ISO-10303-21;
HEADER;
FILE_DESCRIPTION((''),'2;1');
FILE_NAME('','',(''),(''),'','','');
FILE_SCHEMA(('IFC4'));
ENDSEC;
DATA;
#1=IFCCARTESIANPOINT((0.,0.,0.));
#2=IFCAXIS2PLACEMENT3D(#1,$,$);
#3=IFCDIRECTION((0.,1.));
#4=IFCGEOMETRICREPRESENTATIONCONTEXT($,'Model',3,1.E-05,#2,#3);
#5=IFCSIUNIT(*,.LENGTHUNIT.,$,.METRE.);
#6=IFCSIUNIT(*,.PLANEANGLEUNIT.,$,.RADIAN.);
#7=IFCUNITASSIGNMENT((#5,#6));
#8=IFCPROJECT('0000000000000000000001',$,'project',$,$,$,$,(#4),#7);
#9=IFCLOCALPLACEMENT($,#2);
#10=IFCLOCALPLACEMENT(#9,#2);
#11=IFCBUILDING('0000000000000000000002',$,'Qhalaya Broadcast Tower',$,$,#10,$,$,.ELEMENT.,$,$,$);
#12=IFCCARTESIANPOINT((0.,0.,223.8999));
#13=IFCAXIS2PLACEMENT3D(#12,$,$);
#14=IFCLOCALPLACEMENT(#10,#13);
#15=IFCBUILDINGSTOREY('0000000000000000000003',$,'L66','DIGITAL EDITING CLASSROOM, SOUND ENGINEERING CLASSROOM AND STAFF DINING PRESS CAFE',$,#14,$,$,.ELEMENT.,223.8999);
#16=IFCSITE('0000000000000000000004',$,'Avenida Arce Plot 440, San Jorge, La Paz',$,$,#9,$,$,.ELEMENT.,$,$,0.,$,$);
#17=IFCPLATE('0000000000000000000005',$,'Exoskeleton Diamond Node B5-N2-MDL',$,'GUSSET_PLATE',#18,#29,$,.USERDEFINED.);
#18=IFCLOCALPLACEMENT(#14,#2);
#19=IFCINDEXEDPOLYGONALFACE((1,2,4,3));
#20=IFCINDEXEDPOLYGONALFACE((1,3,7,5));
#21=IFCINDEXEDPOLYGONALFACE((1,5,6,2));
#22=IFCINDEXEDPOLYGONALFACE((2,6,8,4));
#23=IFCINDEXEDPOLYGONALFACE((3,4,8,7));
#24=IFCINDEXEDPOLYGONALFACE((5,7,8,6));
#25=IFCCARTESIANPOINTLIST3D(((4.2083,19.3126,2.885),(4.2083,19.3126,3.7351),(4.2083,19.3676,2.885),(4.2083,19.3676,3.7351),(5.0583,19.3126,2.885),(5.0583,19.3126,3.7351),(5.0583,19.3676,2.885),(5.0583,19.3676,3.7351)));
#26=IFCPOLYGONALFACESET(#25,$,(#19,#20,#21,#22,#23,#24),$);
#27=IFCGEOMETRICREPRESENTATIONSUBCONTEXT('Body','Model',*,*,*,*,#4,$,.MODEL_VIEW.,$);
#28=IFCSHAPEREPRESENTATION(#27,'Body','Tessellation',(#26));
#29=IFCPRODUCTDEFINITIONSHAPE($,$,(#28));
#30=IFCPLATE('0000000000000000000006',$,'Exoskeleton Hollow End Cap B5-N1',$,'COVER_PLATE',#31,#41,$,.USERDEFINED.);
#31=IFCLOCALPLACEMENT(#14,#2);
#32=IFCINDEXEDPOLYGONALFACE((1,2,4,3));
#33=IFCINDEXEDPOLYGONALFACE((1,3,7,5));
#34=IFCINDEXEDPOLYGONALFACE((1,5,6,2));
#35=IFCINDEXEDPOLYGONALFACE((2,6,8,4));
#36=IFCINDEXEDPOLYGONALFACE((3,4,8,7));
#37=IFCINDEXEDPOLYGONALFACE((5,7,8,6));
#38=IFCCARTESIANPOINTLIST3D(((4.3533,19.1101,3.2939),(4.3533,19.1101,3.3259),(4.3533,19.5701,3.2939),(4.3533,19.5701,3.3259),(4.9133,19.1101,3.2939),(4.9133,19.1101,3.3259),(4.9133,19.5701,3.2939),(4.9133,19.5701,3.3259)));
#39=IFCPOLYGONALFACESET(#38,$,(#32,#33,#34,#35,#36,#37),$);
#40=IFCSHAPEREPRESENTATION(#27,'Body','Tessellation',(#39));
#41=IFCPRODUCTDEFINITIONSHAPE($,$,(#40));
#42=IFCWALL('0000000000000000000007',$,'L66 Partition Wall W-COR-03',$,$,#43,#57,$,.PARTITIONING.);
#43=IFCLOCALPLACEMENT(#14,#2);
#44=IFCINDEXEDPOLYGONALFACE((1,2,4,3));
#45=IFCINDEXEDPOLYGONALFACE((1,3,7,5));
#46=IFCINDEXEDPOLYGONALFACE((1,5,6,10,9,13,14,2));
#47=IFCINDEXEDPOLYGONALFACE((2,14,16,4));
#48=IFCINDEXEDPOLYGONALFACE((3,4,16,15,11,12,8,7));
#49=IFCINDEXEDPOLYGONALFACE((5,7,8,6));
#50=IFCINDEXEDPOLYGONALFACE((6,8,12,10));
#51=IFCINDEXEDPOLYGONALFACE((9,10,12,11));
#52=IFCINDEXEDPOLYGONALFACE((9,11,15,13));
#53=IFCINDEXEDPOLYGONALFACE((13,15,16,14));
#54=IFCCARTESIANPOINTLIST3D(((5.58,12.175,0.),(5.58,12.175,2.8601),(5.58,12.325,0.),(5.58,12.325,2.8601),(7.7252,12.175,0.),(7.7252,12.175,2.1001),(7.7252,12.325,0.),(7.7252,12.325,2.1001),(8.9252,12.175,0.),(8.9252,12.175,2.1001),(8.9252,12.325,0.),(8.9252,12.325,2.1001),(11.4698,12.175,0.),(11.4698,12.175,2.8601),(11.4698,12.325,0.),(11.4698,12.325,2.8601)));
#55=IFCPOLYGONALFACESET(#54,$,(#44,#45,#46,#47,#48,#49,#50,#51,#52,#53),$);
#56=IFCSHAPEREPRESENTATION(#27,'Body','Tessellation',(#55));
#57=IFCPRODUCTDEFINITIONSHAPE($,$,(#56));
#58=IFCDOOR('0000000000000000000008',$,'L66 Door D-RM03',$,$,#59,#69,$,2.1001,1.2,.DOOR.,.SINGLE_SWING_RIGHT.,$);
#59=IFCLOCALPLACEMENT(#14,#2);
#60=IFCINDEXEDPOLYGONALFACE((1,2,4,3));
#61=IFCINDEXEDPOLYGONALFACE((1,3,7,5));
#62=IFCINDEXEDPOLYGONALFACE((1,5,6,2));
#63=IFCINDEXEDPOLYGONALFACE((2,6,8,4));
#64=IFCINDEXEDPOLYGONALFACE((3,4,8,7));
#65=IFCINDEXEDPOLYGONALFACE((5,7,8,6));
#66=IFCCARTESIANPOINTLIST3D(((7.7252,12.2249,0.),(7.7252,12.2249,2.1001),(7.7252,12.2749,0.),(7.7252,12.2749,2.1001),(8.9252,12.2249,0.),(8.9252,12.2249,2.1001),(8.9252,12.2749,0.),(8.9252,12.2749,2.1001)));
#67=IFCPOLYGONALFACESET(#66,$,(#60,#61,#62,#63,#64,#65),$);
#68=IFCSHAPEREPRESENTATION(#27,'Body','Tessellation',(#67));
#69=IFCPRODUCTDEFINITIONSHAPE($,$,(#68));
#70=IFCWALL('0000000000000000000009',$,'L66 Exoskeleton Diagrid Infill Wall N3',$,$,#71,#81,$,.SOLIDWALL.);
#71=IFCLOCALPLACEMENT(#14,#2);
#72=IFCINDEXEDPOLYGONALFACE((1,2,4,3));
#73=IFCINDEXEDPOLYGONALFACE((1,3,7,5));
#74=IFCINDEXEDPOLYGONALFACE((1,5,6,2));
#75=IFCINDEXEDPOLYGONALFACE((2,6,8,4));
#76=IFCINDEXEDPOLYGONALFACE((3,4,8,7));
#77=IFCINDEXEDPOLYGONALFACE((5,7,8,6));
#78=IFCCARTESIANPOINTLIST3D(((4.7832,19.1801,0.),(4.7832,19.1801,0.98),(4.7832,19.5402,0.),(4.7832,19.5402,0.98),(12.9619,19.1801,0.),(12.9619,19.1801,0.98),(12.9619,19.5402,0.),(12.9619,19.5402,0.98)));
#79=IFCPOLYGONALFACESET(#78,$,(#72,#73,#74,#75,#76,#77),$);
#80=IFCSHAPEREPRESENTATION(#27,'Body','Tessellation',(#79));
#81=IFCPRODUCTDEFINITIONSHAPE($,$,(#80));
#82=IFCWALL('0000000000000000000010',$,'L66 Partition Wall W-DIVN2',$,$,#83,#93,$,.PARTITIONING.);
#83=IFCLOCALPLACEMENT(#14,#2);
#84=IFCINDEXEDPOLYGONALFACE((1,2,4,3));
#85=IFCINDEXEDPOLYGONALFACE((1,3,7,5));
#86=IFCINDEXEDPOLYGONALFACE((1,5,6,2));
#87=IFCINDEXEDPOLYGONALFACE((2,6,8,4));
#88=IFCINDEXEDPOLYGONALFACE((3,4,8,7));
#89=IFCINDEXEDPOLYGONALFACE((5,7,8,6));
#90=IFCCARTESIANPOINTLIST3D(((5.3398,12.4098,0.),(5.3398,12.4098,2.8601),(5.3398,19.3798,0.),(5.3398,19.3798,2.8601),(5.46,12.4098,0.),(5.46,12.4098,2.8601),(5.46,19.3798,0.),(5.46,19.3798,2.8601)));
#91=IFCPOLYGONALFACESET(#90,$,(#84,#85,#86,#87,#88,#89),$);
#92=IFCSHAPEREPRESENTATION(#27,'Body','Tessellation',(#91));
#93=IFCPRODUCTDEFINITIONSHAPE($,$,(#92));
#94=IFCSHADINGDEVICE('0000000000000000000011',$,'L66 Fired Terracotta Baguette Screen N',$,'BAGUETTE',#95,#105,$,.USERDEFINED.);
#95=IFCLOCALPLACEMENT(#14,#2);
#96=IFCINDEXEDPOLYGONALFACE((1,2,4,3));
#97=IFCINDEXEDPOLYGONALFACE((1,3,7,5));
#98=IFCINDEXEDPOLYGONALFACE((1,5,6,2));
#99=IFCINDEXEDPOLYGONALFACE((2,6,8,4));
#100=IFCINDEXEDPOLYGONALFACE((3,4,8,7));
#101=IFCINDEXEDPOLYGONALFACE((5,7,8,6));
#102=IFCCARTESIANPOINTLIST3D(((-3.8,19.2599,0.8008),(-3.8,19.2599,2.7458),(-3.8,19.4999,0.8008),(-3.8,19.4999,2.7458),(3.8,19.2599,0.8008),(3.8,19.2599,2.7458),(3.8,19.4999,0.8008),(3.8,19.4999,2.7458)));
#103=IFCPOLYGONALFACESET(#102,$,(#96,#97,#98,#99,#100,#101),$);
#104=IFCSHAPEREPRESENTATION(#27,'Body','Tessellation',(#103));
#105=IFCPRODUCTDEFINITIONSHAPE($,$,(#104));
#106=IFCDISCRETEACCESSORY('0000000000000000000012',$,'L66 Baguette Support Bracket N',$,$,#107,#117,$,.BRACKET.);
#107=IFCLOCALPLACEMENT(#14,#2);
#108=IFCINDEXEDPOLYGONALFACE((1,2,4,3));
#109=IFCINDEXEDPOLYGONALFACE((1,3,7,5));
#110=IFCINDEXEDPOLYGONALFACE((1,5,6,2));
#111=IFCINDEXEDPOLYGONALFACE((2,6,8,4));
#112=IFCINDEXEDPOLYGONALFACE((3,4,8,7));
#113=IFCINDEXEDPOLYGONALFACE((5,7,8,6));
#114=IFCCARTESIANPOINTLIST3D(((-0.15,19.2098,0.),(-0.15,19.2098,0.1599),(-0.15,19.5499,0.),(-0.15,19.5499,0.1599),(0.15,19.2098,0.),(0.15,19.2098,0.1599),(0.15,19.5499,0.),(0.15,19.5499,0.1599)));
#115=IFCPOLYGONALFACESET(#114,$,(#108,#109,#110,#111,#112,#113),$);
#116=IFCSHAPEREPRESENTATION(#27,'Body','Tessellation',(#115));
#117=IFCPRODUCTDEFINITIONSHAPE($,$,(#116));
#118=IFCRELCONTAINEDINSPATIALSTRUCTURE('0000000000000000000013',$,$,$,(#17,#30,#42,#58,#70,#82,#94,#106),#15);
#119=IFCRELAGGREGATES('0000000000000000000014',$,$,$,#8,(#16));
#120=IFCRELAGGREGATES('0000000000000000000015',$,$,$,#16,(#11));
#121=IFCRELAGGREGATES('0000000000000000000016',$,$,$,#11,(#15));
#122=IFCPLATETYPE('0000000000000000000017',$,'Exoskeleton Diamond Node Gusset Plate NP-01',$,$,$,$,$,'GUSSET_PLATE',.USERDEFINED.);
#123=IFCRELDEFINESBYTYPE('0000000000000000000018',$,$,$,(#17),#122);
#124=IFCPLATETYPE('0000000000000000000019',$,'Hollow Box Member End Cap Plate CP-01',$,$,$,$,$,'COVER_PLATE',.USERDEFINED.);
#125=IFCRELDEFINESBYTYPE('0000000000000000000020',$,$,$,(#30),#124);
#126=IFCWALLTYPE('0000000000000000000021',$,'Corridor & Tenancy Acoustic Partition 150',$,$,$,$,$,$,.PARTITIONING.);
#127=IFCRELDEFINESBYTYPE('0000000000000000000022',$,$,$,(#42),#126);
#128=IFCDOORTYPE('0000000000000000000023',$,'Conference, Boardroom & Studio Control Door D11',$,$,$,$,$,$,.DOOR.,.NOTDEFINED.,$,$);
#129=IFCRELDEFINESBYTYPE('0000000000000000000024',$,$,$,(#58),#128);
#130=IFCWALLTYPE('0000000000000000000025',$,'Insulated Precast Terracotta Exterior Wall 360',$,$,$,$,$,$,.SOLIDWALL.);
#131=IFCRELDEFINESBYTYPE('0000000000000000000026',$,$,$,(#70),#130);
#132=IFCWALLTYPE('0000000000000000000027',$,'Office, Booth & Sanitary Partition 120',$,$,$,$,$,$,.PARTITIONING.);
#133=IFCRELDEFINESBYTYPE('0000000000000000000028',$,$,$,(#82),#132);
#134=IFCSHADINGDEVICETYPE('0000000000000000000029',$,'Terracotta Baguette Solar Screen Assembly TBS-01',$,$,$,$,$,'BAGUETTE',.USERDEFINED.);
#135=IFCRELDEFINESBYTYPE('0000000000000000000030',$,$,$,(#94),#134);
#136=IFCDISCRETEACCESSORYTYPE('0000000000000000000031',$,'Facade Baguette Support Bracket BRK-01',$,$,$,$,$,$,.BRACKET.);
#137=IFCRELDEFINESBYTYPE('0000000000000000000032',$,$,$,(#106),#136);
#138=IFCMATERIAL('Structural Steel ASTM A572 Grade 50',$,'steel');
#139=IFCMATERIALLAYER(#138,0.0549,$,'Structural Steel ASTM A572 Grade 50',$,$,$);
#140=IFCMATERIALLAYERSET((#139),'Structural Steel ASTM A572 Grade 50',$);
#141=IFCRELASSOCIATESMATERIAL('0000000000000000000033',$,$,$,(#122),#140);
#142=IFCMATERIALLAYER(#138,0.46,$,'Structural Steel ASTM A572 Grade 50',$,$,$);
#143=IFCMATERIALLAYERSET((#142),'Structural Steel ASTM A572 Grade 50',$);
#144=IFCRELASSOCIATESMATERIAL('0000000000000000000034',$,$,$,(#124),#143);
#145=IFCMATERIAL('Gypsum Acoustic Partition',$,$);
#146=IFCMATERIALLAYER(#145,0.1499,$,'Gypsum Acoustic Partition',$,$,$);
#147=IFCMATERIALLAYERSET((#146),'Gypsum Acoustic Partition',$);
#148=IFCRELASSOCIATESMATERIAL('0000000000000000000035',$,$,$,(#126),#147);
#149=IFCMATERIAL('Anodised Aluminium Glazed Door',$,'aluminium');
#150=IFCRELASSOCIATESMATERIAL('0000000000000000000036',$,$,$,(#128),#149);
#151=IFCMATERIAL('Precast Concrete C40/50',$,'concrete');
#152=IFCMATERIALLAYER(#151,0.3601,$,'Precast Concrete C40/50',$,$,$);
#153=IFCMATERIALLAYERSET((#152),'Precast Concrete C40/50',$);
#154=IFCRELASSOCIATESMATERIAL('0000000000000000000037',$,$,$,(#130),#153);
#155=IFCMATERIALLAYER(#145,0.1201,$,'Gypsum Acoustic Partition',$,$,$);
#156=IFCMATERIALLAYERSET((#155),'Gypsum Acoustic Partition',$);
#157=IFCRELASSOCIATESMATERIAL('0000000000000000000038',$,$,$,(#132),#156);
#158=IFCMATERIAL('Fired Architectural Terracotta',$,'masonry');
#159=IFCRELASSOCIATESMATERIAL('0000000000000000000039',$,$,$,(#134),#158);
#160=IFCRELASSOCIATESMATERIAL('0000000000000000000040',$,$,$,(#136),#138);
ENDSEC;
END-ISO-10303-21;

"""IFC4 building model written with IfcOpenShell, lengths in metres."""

from ifc_helpers import new_model, si_unit, direction, frame, frame_2d, origin, origin_2d, place, context, subcontext, project, spatial, rectangle, extrude, material, layer, layer_set, type_object, element, fill, save


model = new_model("IFC4")

# Units and contexts
model_context = context("Model", 3, precision=1e-05, world=origin(), true_north=direction((0.0, 1.0)))
body_context = subcontext(model_context, "Body", "Model", "MODEL_VIEW")
ifc_project = project(units=[si_unit("LENGTHUNIT", "METRE"), si_unit("PLANEANGLEUNIT", "RADIAN")], contexts=[model_context])

# Site, building, storey
site_placement = place(None, origin())
site = spatial("IfcSite", under=ifc_project, at=site_placement, Name="Avenida Arce Plot 440, San Jorge, La Paz", CompositionType="ELEMENT", RefElevation=0.0)
building_placement = place(site_placement, origin())
building = spatial("IfcBuilding", under=site, at=building_placement, Name="Qhalaya Broadcast Tower", CompositionType="ELEMENT")
storey_placement = place(building_placement, frame((0.0, 0.0, 223.8999)))
storey = spatial("IfcBuildingStorey", under=building, at=storey_placement, Name="L66", Description="DIGITAL EDITING CLASSROOM, SOUND ENGINEERING CLASSROOM AND STAFF DINING PRESS CAFE", CompositionType="ELEMENT", Elevation=223.8999)

# Shared definitions
ifc_material_1 = material(Name="Structural Steel ASTM A572 Grade 50", Category="steel")

# Plates
ifc_layer_1 = layer(ifc_material_1, 0.0549, Name="Structural Steel ASTM A572 Grade 50")
ifc_layer_set_1 = layer_set([ifc_layer_1], Name="Structural Steel ASTM A572 Grade 50")
plate_type_1 = type_object("IfcPlateType", Name="Exoskeleton Diamond Node Gusset Plate NP-01", ElementType="GUSSET_PLATE", PredefinedType="USERDEFINED", material=ifc_layer_set_1)
plate_1_placement = place(storey_placement, frame((4.6333, 19.3401, 2.885), z_axis=(0.0, 0.0, 1.0), x_axis=(1.0, 0.0, 0.0)))
element("IfcPlate", 1, at=plate_1_placement, inside=storey, type_object=plate_type_1, Name="Exoskeleton Diamond Node B5-N2-MDL", ObjectType="GUSSET_PLATE", PredefinedType="USERDEFINED", context=body_context, shape_type="SweptSolid", body=[
    extrude(rectangle(XDim=0.8501, YDim=0.0549, at=origin_2d()), origin(), (0.0, 0.0, 1.0), 0.8501),
])
ifc_layer_2 = layer(ifc_material_1, 0.46, Name="Structural Steel ASTM A572 Grade 50")
ifc_layer_set_2 = layer_set([ifc_layer_2], Name="Structural Steel ASTM A572 Grade 50")
plate_type_2 = type_object("IfcPlateType", Name="Hollow Box Member End Cap Plate CP-01", ElementType="COVER_PLATE", PredefinedType="USERDEFINED", material=ifc_layer_set_2)
plate_2_placement = place(storey_placement, frame((4.6333, 19.3401, 3.2939), z_axis=(0.0, 0.0, 1.0), x_axis=(1.0, 0.0, 0.0)))
element("IfcPlate", 2, at=plate_2_placement, inside=storey, type_object=plate_type_2, Name="Exoskeleton Hollow End Cap B5-N1", ObjectType="COVER_PLATE", PredefinedType="USERDEFINED", context=body_context, shape_type="SweptSolid", body=[
    extrude(rectangle(XDim=0.5601, YDim=0.46, at=origin_2d()), origin(), (0.0, 0.0, 1.0), 0.032),
])

# Wall, opening, door
ifc_material_2 = material(Name="Gypsum Acoustic Partition")
ifc_layer_3 = layer(ifc_material_2, 0.1499, Name="Gypsum Acoustic Partition")
ifc_layer_set_3 = layer_set([ifc_layer_3], Name="Gypsum Acoustic Partition")
wall_type_1 = type_object("IfcWallType", Name="Corridor & Tenancy Acoustic Partition 150", PredefinedType="PARTITIONING", material=ifc_layer_set_3)
wall_1_placement = place(storey_placement, frame((5.5801, 12.25, 0.0), z_axis=(0.0, 0.0, 1.0), x_axis=(1.0, 0.0, 0.0)))
wall_1 = element("IfcWall", 3, at=wall_1_placement, inside=storey, type_object=wall_type_1, Name="L66 Partition Wall W-COR-03", PredefinedType="PARTITIONING", context=body_context, shape_type="SweptSolid", body=[
    extrude(rectangle(XDim=5.8899, YDim=0.1499, at=frame_2d((2.9448, 0.0))), origin(), (0.0, 0.0, 1.0), 2.8601),
])
opening_placement = place(wall_1_placement, frame((2.145, 0.0, 0.0)))
opening = element("IfcOpeningElement", 4, at=opening_placement, cuts=wall_1, PredefinedType="OPENING", context=body_context, shape_type="SweptSolid", body=[
    extrude(rectangle(XDim=1.2, YDim=2.1001, at=frame_2d((0.6001, 1.05))), frame((0.0, 0.0869, 0.0), z_axis=(0.0, -1.0, 0.0), x_axis=(1.0, 0.0, 0.0)), (0.0, 0.0, 1.0), 0.1738),
])
ifc_material_3 = material(Name="Anodised Aluminium Glazed Door", Category="aluminium")
door_type = type_object("IfcDoorType", Name="Conference, Boardroom & Studio Control Door D11", OperationType="NOTDEFINED", PredefinedType="DOOR", material=ifc_material_3)
door_placement = place(opening_placement, origin())
door = element("IfcDoor", 5, at=door_placement, inside=storey, type_object=door_type, Name="L66 Door D-RM03", OperationType="SINGLE_SWING_RIGHT", OverallHeight=2.1001, OverallWidth=1.2, PredefinedType="DOOR", context=body_context, shape_type="SweptSolid", body=[
    extrude(rectangle(XDim=1.2, YDim=2.1001, at=frame_2d((0.6001, 1.05))), frame((0.0, 0.0249, 0.0), z_axis=(0.0, -1.0, 0.0), x_axis=(1.0, 0.0, 0.0)), (0.0, 0.0, 1.0), 0.05),
])
fill(opening, door)

# Walls
ifc_material_4 = material(Name="Precast Concrete C40/50", Category="concrete")
ifc_layer_4 = layer(ifc_material_4, 0.3601, Name="Precast Concrete C40/50")
ifc_layer_set_4 = layer_set([ifc_layer_4], Name="Precast Concrete C40/50")
wall_type_2 = type_object("IfcWallType", Name="Insulated Precast Terracotta Exterior Wall 360", PredefinedType="SOLIDWALL", material=ifc_layer_set_4)
wall_2_placement = place(storey_placement, frame((4.7832, 19.3601, 0.0), z_axis=(0.0, 0.0, 1.0), x_axis=(1.0, 0.0, 0.0)))
element("IfcWall", 6, at=wall_2_placement, inside=storey, type_object=wall_type_2, Name="L66 Exoskeleton Diagrid Infill Wall N3", PredefinedType="SOLIDWALL", context=body_context, shape_type="SweptSolid", body=[
    extrude(rectangle(XDim=8.1787, YDim=0.3601, at=frame_2d((4.0894, 0.0))), origin(), (0.0, 0.0, 1.0), 0.98),
])
ifc_layer_5 = layer(ifc_material_2, 0.1201, Name="Gypsum Acoustic Partition")
ifc_layer_set_5 = layer_set([ifc_layer_5], Name="Gypsum Acoustic Partition")
wall_type_3 = type_object("IfcWallType", Name="Office, Booth & Sanitary Partition 120", PredefinedType="PARTITIONING", material=ifc_layer_set_5)
wall_3_placement = place(storey_placement, frame((5.3999, 12.4099, 0.0), z_axis=(0.0, 0.0, 1.0), x_axis=(0.0, 1.0, 0.0)))
element("IfcWall", 7, at=wall_3_placement, inside=storey, type_object=wall_type_3, Name="L66 Partition Wall W-DIVN2", PredefinedType="PARTITIONING", context=body_context, shape_type="SweptSolid", body=[
    extrude(rectangle(XDim=6.97, YDim=0.1201, at=frame_2d((3.4849, 0.0))), origin(), (0.0, 0.0, 1.0), 2.8601),
])

# Shading device
ifc_material_5 = material(Name="Fired Architectural Terracotta", Category="masonry")
shading_device_type = type_object("IfcShadingDeviceType", Name="Terracotta Baguette Solar Screen Assembly TBS-01", ElementType="BAGUETTE", PredefinedType="USERDEFINED", material=ifc_material_5)
shading_device_placement = place(storey_placement, frame((0.0, 19.3799, 0.8008), z_axis=(0.0, 0.0, 1.0), x_axis=(-1.0, 0.0, 0.0)))
element("IfcShadingDevice", 8, at=shading_device_placement, inside=storey, type_object=shading_device_type, Name="L66 Fired Terracotta Baguette Screen N", ObjectType="BAGUETTE", PredefinedType="USERDEFINED", context=body_context, shape_type="SweptSolid", body=[
    extrude(rectangle(XDim=7.6001, YDim=0.24, at=origin_2d()), origin(), (0.0, 0.0, 1.0), 1.9451),
])

# Discrete accessory
discrete_accessory_type = type_object("IfcDiscreteAccessoryType", Name="Facade Baguette Support Bracket BRK-01", PredefinedType="BRACKET", material=ifc_material_1)
discrete_accessory_placement = place(storey_placement, frame((0.0, 19.3799, 0.0), z_axis=(0.0, 0.0, 1.0), x_axis=(-1.0, 0.0, 0.0)))
element("IfcDiscreteAccessory", 9, at=discrete_accessory_placement, inside=storey, type_object=discrete_accessory_type, Name="L66 Baguette Support Bracket N", PredefinedType="BRACKET", context=body_context, shape_type="SweptSolid", body=[
    extrude(rectangle(XDim=0.3, YDim=0.3401, at=origin_2d()), origin(), (0.0, 0.0, 1.0), 0.1599),
])

save(model, "model.ifc")
